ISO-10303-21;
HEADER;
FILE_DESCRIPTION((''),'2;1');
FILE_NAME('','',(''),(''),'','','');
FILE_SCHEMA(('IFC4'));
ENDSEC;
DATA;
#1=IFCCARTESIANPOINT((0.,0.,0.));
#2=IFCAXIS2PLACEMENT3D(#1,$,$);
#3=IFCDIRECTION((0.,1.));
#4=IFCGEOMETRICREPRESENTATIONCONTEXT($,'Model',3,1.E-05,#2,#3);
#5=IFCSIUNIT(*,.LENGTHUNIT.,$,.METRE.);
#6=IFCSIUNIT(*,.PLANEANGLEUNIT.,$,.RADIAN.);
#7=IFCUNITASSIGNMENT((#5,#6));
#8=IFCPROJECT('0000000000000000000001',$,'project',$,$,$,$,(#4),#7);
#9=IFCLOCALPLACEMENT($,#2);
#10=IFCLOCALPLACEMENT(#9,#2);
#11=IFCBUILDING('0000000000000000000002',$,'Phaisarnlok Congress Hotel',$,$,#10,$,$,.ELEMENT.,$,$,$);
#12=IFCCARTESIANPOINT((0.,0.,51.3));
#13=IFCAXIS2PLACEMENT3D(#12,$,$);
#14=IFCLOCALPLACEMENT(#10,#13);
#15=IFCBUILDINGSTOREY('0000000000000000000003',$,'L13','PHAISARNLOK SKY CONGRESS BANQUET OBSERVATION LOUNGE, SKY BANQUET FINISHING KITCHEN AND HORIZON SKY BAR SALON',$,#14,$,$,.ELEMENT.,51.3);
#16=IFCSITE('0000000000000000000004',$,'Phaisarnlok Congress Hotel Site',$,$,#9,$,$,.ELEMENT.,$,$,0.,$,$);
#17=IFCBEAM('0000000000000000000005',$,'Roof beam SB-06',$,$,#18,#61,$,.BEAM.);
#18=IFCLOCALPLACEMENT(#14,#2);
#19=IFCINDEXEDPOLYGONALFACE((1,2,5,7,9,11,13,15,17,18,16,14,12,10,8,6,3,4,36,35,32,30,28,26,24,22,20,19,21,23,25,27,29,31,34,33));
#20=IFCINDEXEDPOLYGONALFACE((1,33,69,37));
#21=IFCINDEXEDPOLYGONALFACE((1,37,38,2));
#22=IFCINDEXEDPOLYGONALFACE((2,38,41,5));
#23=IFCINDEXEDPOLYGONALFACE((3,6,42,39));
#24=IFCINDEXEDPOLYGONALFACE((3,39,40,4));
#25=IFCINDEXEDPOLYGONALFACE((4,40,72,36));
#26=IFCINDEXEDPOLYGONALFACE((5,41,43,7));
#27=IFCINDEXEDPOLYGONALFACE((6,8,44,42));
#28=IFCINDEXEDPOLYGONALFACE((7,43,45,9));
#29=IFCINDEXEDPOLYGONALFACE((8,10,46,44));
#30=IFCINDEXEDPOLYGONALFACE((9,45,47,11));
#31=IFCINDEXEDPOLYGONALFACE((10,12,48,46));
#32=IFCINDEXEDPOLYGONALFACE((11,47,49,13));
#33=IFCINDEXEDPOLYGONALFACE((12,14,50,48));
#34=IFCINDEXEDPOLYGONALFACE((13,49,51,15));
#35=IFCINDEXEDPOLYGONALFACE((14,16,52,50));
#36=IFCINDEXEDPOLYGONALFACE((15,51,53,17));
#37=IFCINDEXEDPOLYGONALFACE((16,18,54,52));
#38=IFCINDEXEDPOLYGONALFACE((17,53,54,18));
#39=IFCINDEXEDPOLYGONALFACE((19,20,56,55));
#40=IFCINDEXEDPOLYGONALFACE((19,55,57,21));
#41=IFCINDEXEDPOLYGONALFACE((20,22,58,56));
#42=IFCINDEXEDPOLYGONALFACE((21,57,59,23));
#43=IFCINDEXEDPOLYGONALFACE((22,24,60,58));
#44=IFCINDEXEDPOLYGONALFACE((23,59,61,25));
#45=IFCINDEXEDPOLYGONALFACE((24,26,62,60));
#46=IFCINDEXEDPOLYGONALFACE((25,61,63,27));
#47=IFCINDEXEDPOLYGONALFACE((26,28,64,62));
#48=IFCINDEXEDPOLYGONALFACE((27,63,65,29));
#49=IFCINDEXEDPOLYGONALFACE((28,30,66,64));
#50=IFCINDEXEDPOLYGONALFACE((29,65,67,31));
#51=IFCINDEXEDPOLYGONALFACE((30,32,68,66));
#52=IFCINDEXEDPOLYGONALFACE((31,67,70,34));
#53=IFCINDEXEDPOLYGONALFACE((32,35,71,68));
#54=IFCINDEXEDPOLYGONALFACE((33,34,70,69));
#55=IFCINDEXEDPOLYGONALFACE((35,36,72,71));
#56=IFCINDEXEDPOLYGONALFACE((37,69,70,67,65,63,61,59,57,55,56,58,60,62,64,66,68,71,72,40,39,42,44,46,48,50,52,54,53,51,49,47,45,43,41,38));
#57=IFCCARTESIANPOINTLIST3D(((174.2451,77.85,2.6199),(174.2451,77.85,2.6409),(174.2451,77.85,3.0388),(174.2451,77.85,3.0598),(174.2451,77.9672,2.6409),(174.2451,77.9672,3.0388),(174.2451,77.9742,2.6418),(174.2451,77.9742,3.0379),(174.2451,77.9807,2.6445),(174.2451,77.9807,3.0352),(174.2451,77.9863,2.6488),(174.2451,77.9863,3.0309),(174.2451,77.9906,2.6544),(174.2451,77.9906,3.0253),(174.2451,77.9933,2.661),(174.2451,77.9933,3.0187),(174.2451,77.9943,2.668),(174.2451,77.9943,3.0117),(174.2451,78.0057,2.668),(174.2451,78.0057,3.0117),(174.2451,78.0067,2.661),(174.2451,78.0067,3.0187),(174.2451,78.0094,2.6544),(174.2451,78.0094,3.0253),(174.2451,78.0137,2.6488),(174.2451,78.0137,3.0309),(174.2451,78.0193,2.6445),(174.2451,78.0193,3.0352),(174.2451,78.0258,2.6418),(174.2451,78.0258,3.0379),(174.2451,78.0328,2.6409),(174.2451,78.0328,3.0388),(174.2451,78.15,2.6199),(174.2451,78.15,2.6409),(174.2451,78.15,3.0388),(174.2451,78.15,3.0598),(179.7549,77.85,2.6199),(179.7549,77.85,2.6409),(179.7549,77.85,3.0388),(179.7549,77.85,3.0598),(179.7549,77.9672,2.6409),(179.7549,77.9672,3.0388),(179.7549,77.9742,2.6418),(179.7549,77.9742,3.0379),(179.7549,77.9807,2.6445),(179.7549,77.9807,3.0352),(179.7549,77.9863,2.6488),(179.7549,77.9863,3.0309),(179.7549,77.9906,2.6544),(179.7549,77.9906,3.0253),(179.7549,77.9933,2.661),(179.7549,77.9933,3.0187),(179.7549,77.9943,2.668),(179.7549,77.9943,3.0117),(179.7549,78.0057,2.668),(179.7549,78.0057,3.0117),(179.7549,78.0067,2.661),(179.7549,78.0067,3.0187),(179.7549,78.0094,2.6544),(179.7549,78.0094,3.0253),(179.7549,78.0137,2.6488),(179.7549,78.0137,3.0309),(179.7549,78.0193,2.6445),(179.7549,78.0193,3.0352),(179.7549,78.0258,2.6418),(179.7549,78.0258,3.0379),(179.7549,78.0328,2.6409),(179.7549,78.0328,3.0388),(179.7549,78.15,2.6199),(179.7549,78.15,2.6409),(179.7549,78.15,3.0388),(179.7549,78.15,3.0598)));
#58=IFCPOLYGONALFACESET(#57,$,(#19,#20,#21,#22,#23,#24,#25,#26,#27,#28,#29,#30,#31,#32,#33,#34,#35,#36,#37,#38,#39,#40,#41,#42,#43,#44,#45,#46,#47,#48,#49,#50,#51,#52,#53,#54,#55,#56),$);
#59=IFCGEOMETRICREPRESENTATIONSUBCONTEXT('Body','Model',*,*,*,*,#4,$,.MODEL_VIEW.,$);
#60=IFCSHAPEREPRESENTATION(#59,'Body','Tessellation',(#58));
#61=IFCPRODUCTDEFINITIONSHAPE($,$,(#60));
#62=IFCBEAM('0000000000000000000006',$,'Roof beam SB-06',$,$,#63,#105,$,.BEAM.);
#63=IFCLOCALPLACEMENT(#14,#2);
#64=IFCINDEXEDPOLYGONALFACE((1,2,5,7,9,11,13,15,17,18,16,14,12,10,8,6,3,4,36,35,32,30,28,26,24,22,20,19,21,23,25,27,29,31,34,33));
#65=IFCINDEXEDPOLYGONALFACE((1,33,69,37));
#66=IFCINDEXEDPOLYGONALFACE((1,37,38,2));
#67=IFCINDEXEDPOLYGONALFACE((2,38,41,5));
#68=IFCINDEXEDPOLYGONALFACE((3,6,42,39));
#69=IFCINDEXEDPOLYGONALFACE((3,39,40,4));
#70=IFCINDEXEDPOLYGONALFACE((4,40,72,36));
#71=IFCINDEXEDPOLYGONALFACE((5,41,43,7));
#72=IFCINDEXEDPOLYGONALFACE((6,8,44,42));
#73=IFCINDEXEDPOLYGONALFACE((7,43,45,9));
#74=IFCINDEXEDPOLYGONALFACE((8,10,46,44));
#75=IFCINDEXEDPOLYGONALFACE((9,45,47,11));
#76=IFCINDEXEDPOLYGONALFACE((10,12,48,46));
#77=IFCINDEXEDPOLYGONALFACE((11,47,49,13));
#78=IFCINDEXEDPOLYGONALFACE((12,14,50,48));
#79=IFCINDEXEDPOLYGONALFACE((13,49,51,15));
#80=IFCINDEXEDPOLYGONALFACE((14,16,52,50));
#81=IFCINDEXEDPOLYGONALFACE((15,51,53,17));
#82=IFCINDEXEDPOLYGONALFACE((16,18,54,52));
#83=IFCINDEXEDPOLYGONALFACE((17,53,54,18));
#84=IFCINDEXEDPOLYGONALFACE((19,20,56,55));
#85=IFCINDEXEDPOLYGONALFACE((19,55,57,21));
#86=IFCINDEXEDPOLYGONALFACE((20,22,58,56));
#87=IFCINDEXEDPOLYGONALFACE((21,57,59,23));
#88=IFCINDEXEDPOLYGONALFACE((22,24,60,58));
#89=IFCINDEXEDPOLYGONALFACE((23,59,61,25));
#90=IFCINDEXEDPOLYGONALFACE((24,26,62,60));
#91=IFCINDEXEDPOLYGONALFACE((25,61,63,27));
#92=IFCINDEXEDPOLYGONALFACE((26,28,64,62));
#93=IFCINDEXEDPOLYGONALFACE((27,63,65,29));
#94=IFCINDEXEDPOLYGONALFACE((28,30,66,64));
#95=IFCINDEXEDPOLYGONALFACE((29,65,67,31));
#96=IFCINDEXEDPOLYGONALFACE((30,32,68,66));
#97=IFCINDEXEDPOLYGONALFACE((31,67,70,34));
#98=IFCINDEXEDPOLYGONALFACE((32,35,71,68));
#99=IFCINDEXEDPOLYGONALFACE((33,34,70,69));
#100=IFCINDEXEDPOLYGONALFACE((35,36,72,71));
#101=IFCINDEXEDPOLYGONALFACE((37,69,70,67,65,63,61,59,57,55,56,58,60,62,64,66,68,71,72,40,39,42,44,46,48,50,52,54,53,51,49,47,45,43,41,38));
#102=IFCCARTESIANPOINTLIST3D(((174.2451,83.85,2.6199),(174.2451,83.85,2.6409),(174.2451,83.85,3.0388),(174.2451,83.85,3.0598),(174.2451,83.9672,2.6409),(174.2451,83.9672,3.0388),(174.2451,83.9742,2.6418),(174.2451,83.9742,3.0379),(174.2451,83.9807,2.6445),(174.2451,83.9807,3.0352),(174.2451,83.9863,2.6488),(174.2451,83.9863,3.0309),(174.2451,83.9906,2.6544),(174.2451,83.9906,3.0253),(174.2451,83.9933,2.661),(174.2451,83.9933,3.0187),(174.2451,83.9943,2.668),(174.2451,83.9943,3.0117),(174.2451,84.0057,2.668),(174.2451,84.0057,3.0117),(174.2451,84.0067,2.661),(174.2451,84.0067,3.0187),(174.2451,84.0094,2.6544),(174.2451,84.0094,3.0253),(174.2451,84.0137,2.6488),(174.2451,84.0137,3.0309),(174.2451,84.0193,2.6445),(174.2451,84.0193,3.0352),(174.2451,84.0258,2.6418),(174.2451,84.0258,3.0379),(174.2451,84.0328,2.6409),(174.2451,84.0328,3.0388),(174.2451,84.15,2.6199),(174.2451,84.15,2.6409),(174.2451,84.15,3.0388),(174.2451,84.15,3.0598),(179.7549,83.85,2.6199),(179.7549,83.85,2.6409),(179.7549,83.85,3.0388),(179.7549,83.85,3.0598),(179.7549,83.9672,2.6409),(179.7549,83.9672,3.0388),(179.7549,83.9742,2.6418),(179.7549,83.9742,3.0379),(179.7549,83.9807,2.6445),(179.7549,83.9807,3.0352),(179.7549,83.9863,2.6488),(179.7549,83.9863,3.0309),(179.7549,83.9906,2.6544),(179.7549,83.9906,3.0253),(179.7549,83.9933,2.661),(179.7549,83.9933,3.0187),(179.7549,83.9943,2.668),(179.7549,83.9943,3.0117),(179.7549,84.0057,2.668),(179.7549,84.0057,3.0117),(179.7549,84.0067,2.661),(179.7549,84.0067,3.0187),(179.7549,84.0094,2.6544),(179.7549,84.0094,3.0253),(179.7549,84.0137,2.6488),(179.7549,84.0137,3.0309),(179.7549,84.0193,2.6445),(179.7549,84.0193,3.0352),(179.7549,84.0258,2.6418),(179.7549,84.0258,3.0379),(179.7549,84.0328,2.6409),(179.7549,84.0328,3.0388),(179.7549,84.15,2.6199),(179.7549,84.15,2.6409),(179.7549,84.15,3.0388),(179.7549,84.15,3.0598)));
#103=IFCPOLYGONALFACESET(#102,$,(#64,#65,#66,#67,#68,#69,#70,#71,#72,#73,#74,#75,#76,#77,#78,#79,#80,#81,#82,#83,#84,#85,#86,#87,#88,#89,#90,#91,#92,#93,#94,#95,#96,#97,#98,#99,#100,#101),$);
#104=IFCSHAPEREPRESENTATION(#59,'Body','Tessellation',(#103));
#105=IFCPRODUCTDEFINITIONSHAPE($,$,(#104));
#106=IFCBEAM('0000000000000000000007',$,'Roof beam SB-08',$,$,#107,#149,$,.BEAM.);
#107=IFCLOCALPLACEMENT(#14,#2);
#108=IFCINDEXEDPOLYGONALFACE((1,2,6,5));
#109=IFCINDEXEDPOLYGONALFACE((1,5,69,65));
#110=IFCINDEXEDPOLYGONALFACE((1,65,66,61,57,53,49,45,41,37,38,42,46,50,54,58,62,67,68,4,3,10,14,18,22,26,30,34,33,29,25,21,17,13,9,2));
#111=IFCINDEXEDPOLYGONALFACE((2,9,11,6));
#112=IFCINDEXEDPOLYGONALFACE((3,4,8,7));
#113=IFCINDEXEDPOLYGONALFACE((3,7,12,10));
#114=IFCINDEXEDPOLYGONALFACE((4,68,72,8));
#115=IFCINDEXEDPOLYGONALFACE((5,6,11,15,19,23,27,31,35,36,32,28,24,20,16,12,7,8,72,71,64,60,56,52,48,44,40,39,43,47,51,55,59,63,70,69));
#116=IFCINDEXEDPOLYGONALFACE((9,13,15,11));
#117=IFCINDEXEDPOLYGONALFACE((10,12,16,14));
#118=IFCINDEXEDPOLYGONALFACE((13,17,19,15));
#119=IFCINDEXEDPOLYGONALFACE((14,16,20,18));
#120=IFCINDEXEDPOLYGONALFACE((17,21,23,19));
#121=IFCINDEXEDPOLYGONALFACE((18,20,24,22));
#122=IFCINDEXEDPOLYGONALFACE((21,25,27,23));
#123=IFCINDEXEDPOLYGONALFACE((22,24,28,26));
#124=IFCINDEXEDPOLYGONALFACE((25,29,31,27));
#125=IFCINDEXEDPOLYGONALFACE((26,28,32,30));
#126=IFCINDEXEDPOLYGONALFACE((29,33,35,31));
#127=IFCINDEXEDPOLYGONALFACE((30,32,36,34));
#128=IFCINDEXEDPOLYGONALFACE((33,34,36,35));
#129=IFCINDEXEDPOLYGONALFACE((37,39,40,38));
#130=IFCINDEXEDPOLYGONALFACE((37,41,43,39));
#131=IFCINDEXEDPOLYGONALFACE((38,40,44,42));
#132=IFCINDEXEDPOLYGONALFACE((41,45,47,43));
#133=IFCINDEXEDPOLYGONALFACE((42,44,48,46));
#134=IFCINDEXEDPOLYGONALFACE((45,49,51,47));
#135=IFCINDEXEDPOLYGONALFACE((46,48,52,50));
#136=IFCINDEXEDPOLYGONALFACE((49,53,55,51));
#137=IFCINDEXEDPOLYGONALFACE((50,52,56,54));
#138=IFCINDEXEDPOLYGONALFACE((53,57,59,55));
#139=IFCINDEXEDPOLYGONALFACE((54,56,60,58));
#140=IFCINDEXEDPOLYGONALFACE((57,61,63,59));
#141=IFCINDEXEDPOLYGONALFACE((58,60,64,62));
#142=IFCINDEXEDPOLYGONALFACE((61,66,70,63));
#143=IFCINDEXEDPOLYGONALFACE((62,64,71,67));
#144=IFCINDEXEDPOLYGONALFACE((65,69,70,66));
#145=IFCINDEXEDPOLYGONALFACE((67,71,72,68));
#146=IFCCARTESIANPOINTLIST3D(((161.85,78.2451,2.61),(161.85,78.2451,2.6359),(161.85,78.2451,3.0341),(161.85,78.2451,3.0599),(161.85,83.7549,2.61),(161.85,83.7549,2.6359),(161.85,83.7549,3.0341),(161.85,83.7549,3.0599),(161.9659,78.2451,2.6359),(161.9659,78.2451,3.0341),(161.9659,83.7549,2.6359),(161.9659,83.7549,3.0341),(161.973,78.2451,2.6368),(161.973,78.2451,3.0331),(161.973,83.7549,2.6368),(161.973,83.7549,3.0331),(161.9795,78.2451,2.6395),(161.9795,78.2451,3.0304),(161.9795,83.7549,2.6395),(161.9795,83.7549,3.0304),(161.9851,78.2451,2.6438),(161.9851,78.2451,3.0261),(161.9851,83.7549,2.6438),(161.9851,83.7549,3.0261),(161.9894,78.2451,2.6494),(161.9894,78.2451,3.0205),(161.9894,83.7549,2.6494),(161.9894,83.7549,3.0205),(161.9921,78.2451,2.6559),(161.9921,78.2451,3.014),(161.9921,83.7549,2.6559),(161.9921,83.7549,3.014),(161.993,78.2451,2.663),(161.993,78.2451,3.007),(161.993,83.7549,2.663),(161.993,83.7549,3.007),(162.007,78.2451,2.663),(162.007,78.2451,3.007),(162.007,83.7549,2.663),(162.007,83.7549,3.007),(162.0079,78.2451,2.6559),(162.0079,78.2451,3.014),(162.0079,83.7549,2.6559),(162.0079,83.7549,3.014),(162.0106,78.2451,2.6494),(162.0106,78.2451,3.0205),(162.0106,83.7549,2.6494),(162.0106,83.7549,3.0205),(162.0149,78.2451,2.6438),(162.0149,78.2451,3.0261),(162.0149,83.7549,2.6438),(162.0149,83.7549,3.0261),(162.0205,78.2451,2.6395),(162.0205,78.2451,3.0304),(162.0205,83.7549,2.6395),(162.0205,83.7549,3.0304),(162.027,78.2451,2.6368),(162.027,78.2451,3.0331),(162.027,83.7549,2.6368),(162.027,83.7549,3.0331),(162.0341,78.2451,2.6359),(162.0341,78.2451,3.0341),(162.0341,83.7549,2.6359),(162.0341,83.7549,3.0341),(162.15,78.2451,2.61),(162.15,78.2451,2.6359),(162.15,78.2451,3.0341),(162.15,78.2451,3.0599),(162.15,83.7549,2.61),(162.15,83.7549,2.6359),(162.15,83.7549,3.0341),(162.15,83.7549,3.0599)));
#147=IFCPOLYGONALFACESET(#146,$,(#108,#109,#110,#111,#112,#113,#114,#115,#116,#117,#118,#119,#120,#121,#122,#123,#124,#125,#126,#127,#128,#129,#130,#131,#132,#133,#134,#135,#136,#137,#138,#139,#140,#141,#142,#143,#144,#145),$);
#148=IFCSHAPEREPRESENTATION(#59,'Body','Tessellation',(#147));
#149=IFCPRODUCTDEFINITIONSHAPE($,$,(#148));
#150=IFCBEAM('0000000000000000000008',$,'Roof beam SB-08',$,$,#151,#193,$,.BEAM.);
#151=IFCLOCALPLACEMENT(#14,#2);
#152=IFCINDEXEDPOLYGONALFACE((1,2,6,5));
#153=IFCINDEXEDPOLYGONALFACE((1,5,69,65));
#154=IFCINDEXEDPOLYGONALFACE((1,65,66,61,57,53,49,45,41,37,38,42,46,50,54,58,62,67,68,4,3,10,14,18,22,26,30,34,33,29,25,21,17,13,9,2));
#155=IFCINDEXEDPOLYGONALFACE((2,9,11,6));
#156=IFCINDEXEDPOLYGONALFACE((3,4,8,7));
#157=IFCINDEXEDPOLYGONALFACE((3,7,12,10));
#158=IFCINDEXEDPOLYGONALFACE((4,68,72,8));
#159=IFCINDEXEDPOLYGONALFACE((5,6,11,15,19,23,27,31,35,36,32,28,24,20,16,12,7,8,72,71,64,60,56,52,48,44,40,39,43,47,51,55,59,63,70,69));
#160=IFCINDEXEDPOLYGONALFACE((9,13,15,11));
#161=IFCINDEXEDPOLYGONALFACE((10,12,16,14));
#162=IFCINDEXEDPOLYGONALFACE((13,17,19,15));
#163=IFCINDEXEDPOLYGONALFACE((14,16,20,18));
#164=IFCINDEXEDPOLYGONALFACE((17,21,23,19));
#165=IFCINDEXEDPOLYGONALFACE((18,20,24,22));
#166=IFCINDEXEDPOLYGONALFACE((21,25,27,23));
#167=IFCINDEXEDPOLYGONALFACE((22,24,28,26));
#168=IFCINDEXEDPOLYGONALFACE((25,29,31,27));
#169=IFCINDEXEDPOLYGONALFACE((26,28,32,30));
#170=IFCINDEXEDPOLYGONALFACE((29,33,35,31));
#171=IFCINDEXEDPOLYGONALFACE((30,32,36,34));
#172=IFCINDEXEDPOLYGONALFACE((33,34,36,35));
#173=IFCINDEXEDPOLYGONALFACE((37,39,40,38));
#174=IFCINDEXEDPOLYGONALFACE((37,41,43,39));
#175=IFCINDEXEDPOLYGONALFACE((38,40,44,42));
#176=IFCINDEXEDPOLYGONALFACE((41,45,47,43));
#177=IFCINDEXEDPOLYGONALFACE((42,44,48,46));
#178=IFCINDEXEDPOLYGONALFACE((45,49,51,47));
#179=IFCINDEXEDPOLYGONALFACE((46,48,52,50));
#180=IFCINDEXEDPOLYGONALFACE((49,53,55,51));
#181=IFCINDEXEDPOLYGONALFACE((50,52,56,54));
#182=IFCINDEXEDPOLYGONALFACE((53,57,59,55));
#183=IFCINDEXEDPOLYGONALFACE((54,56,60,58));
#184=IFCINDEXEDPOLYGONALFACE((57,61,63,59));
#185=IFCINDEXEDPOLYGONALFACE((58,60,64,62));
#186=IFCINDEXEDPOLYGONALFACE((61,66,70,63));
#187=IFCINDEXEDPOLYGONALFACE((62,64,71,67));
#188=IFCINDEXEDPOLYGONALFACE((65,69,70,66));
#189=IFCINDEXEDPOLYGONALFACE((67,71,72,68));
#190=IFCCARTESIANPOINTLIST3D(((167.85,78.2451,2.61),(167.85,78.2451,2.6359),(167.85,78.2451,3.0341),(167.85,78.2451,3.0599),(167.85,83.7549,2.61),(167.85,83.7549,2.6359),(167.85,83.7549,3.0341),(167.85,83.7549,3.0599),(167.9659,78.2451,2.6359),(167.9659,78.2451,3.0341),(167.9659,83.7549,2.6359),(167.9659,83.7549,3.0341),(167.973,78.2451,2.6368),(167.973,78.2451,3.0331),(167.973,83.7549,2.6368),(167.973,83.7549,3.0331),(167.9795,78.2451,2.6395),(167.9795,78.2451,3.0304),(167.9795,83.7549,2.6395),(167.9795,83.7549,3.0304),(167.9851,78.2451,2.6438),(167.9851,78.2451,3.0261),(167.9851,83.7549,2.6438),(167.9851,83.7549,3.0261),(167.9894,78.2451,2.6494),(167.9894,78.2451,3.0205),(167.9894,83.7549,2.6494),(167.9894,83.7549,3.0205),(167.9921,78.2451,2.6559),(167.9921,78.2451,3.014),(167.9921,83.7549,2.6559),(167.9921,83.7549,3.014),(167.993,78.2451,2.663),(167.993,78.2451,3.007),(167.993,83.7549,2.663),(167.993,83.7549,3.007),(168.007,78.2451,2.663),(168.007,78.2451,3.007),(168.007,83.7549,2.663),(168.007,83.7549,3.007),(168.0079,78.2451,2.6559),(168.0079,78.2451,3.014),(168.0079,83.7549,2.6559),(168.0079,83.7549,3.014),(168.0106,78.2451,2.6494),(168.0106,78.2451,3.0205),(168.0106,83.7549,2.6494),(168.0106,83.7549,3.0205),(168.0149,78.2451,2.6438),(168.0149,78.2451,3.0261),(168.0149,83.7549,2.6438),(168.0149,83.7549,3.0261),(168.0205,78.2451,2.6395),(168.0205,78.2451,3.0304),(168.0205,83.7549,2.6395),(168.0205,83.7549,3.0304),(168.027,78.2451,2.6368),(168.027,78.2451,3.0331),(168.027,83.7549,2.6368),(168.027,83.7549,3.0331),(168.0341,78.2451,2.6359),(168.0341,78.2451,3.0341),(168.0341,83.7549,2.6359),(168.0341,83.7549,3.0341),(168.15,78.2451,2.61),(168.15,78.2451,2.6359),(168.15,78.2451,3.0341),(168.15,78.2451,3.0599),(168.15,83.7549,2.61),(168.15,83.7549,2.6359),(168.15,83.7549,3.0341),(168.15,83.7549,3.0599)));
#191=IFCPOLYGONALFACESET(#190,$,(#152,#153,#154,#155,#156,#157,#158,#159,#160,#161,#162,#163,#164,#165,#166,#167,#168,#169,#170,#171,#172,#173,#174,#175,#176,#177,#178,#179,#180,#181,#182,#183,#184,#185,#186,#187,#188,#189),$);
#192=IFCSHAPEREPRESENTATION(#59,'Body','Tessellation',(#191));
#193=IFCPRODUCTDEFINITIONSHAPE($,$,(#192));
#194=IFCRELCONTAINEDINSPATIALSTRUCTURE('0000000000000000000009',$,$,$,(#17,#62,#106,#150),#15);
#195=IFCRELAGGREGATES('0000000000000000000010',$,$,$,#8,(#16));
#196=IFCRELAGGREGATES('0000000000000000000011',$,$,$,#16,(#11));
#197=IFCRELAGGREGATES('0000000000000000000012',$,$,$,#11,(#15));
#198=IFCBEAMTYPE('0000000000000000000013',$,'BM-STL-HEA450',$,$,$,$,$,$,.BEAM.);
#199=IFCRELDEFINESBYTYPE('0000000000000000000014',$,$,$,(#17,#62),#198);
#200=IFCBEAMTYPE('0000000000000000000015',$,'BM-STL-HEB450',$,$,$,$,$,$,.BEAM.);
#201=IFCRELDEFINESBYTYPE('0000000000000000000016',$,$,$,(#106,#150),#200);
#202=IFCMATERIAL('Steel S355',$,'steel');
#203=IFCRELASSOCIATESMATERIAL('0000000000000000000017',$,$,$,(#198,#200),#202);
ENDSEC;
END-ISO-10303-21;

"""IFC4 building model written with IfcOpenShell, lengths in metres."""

from ifc_helpers import new_model, si_unit, direction, frame, origin, origin_2d, place, context, subcontext, project, spatial, i_section, extrude, material, material_profile, profile_set, type_object, element, save


model = new_model("IFC4")

# Units and contexts
model_context = context("Model", 3, precision=1e-05, world=origin(), true_north=direction((0.0, 1.0)))
body_context = subcontext(model_context, "Body", "Model", "MODEL_VIEW")
ifc_project = project(units=[si_unit("LENGTHUNIT", "METRE"), si_unit("PLANEANGLEUNIT", "RADIAN")], contexts=[model_context])

# Site, building, storey
site_placement = place(None, origin())
site = spatial("IfcSite", under=ifc_project, at=site_placement, Name="Phaisarnlok Congress Hotel Site", CompositionType="ELEMENT", RefElevation=0.0)
building_placement = place(site_placement, origin())
building = spatial("IfcBuilding", under=site, at=building_placement, Name="Phaisarnlok Congress Hotel", CompositionType="ELEMENT")
storey_placement = place(building_placement, frame((0.0, 0.0, 51.3)))
storey = spatial("IfcBuildingStorey", under=building, at=storey_placement, Name="L13", Description="PHAISARNLOK SKY CONGRESS BANQUET OBSERVATION LOUNGE, SKY BANQUET FINISHING KITCHEN AND HORIZON SKY BAR SALON", CompositionType="ELEMENT", Elevation=51.3)

# Beams
ifc_material_1 = material(Name="Steel S355", Category="steel")
ifc_material_profile_1 = material_profile(ifc_material_1, i_section(OverallWidth=0.3, OverallDepth=0.4399, WebThickness=0.0115, FlangeThickness=0.021, FilletRadius=0.0271, at=origin_2d()), Name="HEA 450")
ifc_profile_set_1 = profile_set([ifc_material_profile_1], Name="Steel S355")
beam_type_1 = type_object("IfcBeamType", Name="BM-STL-HEA450", PredefinedType="BEAM", material=ifc_profile_set_1)
for number, where, z_axis, x_axis, name in (
    (1, (174.2451, 78.0, 2.8398), (1.0, 0.0, 0.0), (0.0, 1.0, 0.0), "Roof beam SB-06"),
    (2, (174.2451, 84.0, 2.8398), (1.0, 0.0, 0.0), (0.0, 1.0, 0.0), "Roof beam SB-06"),
):
    element("IfcBeam", number, at=place(storey_placement, frame(where, z_axis=z_axis, x_axis=x_axis)), inside=storey, type_object=beam_type_1, Name=name, PredefinedType="BEAM", context=body_context, shape_type="SweptSolid", body=[
        extrude(i_section(OverallWidth=0.3, OverallDepth=0.4399, WebThickness=0.0115, FlangeThickness=0.021, FilletRadius=0.0271, at=origin_2d()), origin(), (0.0, 0.0, 1.0), 5.5098),
    ])
ifc_material_profile_2 = material_profile(ifc_material_1, i_section(OverallWidth=0.3, OverallDepth=0.45, WebThickness=0.0139, FlangeThickness=0.0259, FilletRadius=0.0271, at=origin_2d()), Name="HEB 450")
ifc_profile_set_2 = profile_set([ifc_material_profile_2], Name="Steel S355")
beam_type_2 = type_object("IfcBeamType", Name="BM-STL-HEB450", PredefinedType="BEAM", material=ifc_profile_set_2)
for number, where, z_axis, x_axis, name in (
    (3, (162.0, 78.2451, 2.835), (0.0, 1.0, 0.0), (-1.0, 0.0, 0.0), "Roof beam SB-08"),
    (4, (168.0, 78.2451, 2.835), (0.0, 1.0, 0.0), (-1.0, 0.0, 0.0), "Roof beam SB-08"),
):
    element("IfcBeam", number, at=place(storey_placement, frame(where, z_axis=z_axis, x_axis=x_axis)), inside=storey, type_object=beam_type_2, Name=name, PredefinedType="BEAM", context=body_context, shape_type="SweptSolid", body=[
        extrude(i_section(OverallWidth=0.3, OverallDepth=0.45, WebThickness=0.0139, FlangeThickness=0.0259, FilletRadius=0.0271, at=origin_2d()), origin(), (0.0, 0.0, 1.0), 5.5098),
    ])

save(model, "model.ifc")
